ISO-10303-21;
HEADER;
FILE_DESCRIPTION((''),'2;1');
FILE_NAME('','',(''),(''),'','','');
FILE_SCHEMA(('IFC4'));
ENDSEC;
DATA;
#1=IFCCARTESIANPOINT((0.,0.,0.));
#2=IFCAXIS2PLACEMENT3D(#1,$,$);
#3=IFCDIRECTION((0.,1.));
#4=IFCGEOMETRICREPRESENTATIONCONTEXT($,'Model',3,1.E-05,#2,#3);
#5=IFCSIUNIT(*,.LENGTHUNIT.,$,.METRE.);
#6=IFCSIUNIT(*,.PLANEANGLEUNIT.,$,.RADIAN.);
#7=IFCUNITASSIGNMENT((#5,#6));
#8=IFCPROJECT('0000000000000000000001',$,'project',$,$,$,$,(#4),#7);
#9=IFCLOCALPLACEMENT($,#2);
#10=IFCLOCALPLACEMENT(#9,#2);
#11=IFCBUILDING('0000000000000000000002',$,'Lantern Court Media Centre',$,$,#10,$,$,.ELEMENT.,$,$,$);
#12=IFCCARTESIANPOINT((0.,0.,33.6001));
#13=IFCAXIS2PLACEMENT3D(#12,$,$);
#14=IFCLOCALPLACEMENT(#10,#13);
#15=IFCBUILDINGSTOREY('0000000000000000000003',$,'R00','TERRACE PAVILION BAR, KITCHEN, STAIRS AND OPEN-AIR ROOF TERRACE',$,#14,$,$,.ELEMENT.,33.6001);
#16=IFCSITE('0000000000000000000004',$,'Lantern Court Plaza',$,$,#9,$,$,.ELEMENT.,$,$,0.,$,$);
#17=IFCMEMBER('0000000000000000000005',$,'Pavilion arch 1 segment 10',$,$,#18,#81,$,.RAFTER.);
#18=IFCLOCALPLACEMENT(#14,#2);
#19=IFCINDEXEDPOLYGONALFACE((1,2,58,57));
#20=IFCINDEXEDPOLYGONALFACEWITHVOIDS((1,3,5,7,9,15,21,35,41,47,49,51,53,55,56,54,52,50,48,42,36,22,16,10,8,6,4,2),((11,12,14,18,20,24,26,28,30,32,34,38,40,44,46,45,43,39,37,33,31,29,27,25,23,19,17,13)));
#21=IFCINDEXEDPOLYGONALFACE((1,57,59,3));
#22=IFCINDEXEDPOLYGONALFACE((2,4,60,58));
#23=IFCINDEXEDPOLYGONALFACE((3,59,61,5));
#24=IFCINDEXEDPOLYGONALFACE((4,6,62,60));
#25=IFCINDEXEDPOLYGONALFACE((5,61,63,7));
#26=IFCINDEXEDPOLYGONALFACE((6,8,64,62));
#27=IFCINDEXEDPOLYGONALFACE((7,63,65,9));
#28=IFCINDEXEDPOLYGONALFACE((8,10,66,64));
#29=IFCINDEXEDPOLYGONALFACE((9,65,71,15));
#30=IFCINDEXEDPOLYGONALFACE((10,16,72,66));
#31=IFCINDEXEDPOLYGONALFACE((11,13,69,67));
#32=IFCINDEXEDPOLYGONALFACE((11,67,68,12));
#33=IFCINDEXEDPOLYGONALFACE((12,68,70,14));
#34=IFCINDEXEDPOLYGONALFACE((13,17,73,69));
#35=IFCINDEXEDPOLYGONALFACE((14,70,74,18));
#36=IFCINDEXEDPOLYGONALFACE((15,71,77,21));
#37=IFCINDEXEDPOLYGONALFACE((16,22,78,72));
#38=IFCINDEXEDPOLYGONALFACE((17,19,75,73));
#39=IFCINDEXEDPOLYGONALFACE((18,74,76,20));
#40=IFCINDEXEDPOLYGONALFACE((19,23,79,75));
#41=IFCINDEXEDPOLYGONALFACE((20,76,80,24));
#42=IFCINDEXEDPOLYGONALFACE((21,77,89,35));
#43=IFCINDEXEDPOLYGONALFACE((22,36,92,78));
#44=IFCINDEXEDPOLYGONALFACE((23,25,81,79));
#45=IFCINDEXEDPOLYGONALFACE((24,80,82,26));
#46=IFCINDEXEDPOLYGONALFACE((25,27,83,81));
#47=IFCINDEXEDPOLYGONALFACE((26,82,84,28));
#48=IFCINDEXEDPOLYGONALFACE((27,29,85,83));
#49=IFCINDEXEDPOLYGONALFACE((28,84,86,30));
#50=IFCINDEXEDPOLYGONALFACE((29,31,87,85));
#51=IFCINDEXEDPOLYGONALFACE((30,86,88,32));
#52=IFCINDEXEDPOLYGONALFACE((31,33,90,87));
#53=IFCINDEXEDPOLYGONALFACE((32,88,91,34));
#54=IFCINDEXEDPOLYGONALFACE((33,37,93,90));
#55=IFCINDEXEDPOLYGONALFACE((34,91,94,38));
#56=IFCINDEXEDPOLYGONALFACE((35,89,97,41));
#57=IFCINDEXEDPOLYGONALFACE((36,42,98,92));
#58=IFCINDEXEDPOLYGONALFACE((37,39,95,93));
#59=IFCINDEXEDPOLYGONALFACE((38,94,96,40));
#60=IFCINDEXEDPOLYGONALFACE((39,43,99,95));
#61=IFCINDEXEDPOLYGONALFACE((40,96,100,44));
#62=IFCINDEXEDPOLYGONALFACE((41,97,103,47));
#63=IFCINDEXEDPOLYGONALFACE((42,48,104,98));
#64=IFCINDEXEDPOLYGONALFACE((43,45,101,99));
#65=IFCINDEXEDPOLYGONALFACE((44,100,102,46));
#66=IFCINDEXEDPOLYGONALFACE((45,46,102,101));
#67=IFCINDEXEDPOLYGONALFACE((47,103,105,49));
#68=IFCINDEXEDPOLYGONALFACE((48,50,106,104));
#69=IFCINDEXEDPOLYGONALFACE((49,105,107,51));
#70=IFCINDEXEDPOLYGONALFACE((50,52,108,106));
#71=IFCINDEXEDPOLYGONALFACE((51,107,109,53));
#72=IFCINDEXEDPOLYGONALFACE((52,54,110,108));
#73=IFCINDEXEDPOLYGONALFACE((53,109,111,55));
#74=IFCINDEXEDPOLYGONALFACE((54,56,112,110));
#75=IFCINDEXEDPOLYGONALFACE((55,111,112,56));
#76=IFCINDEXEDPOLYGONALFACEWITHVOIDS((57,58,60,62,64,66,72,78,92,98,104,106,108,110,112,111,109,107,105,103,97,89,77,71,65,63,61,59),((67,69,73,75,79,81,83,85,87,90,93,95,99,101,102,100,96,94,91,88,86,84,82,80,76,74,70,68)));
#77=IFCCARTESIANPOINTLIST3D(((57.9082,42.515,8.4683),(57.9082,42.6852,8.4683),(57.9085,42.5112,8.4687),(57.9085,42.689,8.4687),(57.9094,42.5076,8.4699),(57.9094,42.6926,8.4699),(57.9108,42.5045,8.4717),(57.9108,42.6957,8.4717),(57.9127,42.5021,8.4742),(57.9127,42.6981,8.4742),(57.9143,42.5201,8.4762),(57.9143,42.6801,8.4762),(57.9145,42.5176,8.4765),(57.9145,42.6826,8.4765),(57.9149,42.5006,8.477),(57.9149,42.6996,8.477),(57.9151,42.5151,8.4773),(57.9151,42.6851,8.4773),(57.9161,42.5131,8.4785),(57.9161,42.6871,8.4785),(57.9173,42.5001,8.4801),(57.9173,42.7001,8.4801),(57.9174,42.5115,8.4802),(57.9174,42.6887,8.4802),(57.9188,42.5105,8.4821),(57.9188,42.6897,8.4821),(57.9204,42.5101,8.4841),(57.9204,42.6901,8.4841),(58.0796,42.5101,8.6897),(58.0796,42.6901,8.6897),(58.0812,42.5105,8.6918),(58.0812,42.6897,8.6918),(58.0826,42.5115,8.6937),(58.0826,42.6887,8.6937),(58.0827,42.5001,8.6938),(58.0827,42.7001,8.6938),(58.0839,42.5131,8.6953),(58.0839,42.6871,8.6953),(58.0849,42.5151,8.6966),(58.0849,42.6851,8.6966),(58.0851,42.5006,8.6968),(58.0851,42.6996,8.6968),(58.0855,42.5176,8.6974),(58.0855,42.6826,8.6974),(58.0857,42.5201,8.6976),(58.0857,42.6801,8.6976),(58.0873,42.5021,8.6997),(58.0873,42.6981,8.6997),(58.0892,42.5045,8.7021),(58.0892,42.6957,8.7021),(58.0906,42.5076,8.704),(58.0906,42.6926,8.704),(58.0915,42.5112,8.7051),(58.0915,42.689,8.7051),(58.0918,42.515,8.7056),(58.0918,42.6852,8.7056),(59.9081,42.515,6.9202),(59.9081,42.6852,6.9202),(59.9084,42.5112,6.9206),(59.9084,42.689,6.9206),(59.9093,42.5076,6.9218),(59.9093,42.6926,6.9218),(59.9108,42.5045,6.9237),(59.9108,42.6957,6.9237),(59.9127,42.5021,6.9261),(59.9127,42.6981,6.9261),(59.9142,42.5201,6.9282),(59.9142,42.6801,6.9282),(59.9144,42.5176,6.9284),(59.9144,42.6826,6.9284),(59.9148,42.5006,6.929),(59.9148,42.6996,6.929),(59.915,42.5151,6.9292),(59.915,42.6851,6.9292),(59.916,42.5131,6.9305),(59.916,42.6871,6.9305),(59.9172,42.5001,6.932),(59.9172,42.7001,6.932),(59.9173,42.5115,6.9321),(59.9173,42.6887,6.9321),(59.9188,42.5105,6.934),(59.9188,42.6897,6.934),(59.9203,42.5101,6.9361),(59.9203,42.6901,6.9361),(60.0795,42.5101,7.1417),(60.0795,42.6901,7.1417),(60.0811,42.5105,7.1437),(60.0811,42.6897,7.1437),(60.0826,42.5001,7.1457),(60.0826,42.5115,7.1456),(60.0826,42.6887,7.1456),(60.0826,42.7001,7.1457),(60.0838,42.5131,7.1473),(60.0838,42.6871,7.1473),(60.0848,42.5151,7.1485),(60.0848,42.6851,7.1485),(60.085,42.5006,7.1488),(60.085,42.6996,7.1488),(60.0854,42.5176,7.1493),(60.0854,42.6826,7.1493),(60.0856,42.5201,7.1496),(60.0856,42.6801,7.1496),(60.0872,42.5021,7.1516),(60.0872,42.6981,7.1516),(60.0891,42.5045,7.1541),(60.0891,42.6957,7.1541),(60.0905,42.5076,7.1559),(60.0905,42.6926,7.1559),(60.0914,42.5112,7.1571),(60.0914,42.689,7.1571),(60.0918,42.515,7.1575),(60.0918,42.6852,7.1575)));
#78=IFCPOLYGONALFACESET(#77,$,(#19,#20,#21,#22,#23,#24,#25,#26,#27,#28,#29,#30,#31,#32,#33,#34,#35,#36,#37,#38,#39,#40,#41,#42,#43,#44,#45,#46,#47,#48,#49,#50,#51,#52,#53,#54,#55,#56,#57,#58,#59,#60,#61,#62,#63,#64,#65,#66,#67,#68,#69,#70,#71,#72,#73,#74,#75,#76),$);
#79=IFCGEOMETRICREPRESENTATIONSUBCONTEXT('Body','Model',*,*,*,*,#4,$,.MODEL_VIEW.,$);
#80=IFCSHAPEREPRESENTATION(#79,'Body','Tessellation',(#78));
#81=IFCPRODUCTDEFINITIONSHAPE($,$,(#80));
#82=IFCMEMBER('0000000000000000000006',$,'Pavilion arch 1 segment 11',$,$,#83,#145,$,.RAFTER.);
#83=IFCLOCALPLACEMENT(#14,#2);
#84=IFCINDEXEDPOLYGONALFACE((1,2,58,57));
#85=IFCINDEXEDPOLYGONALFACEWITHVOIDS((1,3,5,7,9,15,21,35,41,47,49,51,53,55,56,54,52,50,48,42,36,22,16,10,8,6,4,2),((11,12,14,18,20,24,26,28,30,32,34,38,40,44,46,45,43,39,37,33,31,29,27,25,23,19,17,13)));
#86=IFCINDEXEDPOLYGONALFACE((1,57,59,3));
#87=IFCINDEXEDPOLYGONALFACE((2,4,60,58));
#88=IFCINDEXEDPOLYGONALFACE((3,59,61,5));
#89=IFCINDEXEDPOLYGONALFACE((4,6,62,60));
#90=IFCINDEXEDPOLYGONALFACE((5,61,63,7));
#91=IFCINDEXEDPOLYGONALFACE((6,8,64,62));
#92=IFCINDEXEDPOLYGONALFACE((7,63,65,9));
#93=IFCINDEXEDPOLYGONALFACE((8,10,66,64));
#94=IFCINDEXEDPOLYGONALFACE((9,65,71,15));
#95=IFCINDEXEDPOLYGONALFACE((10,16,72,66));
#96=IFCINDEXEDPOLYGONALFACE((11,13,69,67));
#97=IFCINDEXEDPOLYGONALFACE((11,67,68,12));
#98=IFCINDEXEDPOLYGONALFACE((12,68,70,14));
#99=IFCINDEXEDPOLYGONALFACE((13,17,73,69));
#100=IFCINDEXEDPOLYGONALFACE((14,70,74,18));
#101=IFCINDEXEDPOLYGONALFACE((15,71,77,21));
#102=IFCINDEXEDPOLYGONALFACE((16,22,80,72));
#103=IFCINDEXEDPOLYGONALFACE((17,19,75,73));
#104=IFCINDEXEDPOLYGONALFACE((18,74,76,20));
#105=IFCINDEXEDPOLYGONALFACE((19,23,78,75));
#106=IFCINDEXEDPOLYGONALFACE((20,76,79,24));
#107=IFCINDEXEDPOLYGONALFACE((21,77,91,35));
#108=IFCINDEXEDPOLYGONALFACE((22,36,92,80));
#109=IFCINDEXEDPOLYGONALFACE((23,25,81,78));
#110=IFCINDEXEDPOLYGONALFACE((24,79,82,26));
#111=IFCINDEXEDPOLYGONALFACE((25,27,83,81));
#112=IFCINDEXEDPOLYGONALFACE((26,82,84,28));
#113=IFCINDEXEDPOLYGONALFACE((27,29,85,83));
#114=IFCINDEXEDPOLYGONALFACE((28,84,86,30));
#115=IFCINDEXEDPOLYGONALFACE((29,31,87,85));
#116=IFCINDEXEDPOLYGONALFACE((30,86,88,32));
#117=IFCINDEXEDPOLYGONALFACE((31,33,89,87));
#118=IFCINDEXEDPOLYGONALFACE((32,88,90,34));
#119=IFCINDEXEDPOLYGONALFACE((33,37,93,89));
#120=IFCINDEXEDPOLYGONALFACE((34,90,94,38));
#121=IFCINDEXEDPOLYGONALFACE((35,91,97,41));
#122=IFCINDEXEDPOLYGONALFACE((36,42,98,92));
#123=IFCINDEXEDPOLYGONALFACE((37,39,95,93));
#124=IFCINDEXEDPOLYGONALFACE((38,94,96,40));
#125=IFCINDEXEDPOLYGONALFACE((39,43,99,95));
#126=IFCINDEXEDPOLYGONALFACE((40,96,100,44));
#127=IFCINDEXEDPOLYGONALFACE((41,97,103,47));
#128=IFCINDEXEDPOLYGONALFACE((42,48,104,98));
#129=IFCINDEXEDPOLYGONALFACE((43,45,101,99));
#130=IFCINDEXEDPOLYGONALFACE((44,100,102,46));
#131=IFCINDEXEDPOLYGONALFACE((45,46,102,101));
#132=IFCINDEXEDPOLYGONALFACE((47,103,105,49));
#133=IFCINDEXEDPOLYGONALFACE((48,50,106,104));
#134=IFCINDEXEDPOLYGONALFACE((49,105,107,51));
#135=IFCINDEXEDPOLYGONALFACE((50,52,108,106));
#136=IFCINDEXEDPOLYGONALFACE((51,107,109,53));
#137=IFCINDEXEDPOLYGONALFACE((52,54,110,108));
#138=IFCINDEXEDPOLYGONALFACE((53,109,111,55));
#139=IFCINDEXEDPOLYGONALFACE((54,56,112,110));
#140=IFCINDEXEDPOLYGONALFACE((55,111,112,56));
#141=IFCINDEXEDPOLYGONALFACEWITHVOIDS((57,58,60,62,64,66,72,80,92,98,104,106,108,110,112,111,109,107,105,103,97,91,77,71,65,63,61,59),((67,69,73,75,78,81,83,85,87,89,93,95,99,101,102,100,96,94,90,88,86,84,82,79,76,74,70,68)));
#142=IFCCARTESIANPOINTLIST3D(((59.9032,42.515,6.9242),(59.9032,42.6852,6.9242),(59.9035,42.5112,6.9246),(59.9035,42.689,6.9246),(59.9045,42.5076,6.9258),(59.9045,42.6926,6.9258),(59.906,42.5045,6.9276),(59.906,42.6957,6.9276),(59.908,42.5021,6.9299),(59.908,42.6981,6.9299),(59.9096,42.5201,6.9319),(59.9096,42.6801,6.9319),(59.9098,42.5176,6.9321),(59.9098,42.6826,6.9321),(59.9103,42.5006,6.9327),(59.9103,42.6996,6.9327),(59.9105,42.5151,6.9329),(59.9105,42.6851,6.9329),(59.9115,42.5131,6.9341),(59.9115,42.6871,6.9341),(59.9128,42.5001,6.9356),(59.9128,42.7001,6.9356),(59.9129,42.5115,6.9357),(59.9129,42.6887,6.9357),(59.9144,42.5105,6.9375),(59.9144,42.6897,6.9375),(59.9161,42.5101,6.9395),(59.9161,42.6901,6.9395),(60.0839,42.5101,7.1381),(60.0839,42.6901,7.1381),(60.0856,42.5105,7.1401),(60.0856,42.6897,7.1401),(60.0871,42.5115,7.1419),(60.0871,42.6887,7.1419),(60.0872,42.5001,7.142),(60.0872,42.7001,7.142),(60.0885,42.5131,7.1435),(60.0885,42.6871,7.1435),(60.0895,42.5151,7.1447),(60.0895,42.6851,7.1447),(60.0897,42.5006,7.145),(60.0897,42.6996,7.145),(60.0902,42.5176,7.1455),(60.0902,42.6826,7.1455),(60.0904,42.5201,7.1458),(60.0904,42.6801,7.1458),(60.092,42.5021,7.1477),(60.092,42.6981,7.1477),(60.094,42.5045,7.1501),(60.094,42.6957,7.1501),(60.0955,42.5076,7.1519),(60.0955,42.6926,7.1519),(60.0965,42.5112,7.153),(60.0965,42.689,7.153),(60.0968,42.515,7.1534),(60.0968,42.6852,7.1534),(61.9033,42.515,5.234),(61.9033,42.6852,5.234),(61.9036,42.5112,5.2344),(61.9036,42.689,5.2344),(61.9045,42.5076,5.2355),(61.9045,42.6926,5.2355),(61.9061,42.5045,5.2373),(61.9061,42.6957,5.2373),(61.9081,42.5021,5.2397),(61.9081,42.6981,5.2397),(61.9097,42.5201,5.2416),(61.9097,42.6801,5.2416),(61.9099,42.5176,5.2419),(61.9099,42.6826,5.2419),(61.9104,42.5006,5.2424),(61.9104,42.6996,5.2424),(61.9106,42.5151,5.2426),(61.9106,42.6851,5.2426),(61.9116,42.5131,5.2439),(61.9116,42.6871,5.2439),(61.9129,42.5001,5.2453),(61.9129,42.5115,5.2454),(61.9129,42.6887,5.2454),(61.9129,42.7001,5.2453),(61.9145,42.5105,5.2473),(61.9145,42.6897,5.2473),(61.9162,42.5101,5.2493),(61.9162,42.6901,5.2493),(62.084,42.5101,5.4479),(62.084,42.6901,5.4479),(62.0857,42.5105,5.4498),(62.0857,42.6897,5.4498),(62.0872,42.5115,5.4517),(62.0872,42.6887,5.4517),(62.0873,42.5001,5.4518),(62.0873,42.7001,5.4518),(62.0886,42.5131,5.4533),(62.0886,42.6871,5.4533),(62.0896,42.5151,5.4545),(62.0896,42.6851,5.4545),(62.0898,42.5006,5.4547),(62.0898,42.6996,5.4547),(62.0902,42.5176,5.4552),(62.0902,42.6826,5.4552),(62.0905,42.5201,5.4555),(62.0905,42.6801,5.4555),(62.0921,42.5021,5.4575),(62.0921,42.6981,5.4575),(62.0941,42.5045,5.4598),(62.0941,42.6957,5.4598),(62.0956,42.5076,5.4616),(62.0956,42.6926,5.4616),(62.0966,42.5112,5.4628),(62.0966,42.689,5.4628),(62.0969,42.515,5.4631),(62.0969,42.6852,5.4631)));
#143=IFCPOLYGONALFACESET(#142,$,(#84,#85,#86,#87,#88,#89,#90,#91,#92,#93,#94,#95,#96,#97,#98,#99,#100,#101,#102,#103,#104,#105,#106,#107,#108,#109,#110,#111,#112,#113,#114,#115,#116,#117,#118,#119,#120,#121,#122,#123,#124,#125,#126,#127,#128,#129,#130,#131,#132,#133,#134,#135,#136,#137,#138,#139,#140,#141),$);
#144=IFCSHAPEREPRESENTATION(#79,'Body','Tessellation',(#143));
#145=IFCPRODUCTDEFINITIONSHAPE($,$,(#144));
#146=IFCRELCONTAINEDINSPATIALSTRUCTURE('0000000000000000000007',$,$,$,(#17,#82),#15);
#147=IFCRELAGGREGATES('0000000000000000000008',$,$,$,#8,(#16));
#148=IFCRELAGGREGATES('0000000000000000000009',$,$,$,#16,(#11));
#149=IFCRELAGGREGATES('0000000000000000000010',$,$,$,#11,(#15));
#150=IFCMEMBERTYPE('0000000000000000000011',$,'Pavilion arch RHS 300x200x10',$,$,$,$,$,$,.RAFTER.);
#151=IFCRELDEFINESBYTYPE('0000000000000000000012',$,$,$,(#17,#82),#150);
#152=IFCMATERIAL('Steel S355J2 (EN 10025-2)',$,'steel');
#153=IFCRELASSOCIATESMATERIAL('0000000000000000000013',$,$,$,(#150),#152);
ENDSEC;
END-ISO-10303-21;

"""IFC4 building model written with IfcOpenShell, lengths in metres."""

from ifc_helpers import new_model, si_unit, direction, frame, origin, origin_2d, place, context, subcontext, project, spatial, hollow_rectangle, extrude, material, material_profile, profile_set, type_object, element, save


model = new_model("IFC4")

# Units and contexts
model_context = context("Model", 3, precision=1e-05, world=origin(), true_north=direction((0.0, 1.0)))
body_context = subcontext(model_context, "Body", "Model", "MODEL_VIEW")
ifc_project = project(units=[si_unit("LENGTHUNIT", "METRE"), si_unit("PLANEANGLEUNIT", "RADIAN")], contexts=[model_context])

# Site, building, storey
site_placement = place(None, origin())
site = spatial("IfcSite", under=ifc_project, at=site_placement, Name="Lantern Court Plaza", CompositionType="ELEMENT", RefElevation=0.0)
building_placement = place(site_placement, origin())
building = spatial("IfcBuilding", under=site, at=building_placement, Name="Lantern Court Media Centre", CompositionType="ELEMENT")
storey_placement = place(building_placement, frame((0.0, 0.0, 33.6001)))
storey = spatial("IfcBuildingStorey", under=building, at=storey_placement, Name="R00", Description="TERRACE PAVILION BAR, KITCHEN, STAIRS AND OPEN-AIR ROOF TERRACE", CompositionType="ELEMENT", Elevation=33.6001)

# Members
ifc_material_1 = material(Name="Steel S355J2 (EN 10025-2)", Category="steel")
ifc_material_profile_1 = material_profile(ifc_material_1, hollow_rectangle(XDim=0.2, YDim=0.3, WallThickness=0.01, InnerFilletRadius=0.01, OuterFilletRadius=0.0149, at=origin_2d()), Name="Pavilion arch RHS 300x200x10")
ifc_profile_set_1 = profile_set([ifc_material_profile_1], Name="Steel S355J2 (EN 10025-2)")
member_type_1 = type_object("IfcMemberType", Name="Pavilion arch RHS 300x200x10", PredefinedType="RAFTER", material=ifc_profile_set_1)
member_1_placement = place(storey_placement, frame((58.0, 42.6001, 8.5869), z_axis=(0.790779, 0.0, -0.612101), x_axis=(0.0, 1.0, 0.0)))
element("IfcMember", 1, at=member_1_placement, inside=storey, type_object=member_type_1, Name="Pavilion arch 1 segment 10", PredefinedType="RAFTER", context=body_context, shape_type="SweptSolid", body=[
    extrude(hollow_rectangle(XDim=0.2, YDim=0.3, WallThickness=0.01, InnerFilletRadius=0.01, OuterFilletRadius=0.0149, at=origin_2d()), origin(), (0.0, 0.0, 1.0), 2.5291),
])
member_2_placement = place(storey_placement, frame((60.0, 42.6001, 7.0388), z_axis=(0.763786, 0.0, -0.64547), x_axis=(0.0, 1.0, 0.0)))
element("IfcMember", 2, at=member_2_placement, inside=storey, type_object=member_type_1, Name="Pavilion arch 1 segment 11", PredefinedType="RAFTER", context=body_context, shape_type="SweptSolid", body=[
    extrude(hollow_rectangle(XDim=0.2, YDim=0.3, WallThickness=0.01, InnerFilletRadius=0.01, OuterFilletRadius=0.0149, at=origin_2d()), origin(), (0.0, 0.0, 1.0), 2.6187),
])

save(model, "model.ifc")
